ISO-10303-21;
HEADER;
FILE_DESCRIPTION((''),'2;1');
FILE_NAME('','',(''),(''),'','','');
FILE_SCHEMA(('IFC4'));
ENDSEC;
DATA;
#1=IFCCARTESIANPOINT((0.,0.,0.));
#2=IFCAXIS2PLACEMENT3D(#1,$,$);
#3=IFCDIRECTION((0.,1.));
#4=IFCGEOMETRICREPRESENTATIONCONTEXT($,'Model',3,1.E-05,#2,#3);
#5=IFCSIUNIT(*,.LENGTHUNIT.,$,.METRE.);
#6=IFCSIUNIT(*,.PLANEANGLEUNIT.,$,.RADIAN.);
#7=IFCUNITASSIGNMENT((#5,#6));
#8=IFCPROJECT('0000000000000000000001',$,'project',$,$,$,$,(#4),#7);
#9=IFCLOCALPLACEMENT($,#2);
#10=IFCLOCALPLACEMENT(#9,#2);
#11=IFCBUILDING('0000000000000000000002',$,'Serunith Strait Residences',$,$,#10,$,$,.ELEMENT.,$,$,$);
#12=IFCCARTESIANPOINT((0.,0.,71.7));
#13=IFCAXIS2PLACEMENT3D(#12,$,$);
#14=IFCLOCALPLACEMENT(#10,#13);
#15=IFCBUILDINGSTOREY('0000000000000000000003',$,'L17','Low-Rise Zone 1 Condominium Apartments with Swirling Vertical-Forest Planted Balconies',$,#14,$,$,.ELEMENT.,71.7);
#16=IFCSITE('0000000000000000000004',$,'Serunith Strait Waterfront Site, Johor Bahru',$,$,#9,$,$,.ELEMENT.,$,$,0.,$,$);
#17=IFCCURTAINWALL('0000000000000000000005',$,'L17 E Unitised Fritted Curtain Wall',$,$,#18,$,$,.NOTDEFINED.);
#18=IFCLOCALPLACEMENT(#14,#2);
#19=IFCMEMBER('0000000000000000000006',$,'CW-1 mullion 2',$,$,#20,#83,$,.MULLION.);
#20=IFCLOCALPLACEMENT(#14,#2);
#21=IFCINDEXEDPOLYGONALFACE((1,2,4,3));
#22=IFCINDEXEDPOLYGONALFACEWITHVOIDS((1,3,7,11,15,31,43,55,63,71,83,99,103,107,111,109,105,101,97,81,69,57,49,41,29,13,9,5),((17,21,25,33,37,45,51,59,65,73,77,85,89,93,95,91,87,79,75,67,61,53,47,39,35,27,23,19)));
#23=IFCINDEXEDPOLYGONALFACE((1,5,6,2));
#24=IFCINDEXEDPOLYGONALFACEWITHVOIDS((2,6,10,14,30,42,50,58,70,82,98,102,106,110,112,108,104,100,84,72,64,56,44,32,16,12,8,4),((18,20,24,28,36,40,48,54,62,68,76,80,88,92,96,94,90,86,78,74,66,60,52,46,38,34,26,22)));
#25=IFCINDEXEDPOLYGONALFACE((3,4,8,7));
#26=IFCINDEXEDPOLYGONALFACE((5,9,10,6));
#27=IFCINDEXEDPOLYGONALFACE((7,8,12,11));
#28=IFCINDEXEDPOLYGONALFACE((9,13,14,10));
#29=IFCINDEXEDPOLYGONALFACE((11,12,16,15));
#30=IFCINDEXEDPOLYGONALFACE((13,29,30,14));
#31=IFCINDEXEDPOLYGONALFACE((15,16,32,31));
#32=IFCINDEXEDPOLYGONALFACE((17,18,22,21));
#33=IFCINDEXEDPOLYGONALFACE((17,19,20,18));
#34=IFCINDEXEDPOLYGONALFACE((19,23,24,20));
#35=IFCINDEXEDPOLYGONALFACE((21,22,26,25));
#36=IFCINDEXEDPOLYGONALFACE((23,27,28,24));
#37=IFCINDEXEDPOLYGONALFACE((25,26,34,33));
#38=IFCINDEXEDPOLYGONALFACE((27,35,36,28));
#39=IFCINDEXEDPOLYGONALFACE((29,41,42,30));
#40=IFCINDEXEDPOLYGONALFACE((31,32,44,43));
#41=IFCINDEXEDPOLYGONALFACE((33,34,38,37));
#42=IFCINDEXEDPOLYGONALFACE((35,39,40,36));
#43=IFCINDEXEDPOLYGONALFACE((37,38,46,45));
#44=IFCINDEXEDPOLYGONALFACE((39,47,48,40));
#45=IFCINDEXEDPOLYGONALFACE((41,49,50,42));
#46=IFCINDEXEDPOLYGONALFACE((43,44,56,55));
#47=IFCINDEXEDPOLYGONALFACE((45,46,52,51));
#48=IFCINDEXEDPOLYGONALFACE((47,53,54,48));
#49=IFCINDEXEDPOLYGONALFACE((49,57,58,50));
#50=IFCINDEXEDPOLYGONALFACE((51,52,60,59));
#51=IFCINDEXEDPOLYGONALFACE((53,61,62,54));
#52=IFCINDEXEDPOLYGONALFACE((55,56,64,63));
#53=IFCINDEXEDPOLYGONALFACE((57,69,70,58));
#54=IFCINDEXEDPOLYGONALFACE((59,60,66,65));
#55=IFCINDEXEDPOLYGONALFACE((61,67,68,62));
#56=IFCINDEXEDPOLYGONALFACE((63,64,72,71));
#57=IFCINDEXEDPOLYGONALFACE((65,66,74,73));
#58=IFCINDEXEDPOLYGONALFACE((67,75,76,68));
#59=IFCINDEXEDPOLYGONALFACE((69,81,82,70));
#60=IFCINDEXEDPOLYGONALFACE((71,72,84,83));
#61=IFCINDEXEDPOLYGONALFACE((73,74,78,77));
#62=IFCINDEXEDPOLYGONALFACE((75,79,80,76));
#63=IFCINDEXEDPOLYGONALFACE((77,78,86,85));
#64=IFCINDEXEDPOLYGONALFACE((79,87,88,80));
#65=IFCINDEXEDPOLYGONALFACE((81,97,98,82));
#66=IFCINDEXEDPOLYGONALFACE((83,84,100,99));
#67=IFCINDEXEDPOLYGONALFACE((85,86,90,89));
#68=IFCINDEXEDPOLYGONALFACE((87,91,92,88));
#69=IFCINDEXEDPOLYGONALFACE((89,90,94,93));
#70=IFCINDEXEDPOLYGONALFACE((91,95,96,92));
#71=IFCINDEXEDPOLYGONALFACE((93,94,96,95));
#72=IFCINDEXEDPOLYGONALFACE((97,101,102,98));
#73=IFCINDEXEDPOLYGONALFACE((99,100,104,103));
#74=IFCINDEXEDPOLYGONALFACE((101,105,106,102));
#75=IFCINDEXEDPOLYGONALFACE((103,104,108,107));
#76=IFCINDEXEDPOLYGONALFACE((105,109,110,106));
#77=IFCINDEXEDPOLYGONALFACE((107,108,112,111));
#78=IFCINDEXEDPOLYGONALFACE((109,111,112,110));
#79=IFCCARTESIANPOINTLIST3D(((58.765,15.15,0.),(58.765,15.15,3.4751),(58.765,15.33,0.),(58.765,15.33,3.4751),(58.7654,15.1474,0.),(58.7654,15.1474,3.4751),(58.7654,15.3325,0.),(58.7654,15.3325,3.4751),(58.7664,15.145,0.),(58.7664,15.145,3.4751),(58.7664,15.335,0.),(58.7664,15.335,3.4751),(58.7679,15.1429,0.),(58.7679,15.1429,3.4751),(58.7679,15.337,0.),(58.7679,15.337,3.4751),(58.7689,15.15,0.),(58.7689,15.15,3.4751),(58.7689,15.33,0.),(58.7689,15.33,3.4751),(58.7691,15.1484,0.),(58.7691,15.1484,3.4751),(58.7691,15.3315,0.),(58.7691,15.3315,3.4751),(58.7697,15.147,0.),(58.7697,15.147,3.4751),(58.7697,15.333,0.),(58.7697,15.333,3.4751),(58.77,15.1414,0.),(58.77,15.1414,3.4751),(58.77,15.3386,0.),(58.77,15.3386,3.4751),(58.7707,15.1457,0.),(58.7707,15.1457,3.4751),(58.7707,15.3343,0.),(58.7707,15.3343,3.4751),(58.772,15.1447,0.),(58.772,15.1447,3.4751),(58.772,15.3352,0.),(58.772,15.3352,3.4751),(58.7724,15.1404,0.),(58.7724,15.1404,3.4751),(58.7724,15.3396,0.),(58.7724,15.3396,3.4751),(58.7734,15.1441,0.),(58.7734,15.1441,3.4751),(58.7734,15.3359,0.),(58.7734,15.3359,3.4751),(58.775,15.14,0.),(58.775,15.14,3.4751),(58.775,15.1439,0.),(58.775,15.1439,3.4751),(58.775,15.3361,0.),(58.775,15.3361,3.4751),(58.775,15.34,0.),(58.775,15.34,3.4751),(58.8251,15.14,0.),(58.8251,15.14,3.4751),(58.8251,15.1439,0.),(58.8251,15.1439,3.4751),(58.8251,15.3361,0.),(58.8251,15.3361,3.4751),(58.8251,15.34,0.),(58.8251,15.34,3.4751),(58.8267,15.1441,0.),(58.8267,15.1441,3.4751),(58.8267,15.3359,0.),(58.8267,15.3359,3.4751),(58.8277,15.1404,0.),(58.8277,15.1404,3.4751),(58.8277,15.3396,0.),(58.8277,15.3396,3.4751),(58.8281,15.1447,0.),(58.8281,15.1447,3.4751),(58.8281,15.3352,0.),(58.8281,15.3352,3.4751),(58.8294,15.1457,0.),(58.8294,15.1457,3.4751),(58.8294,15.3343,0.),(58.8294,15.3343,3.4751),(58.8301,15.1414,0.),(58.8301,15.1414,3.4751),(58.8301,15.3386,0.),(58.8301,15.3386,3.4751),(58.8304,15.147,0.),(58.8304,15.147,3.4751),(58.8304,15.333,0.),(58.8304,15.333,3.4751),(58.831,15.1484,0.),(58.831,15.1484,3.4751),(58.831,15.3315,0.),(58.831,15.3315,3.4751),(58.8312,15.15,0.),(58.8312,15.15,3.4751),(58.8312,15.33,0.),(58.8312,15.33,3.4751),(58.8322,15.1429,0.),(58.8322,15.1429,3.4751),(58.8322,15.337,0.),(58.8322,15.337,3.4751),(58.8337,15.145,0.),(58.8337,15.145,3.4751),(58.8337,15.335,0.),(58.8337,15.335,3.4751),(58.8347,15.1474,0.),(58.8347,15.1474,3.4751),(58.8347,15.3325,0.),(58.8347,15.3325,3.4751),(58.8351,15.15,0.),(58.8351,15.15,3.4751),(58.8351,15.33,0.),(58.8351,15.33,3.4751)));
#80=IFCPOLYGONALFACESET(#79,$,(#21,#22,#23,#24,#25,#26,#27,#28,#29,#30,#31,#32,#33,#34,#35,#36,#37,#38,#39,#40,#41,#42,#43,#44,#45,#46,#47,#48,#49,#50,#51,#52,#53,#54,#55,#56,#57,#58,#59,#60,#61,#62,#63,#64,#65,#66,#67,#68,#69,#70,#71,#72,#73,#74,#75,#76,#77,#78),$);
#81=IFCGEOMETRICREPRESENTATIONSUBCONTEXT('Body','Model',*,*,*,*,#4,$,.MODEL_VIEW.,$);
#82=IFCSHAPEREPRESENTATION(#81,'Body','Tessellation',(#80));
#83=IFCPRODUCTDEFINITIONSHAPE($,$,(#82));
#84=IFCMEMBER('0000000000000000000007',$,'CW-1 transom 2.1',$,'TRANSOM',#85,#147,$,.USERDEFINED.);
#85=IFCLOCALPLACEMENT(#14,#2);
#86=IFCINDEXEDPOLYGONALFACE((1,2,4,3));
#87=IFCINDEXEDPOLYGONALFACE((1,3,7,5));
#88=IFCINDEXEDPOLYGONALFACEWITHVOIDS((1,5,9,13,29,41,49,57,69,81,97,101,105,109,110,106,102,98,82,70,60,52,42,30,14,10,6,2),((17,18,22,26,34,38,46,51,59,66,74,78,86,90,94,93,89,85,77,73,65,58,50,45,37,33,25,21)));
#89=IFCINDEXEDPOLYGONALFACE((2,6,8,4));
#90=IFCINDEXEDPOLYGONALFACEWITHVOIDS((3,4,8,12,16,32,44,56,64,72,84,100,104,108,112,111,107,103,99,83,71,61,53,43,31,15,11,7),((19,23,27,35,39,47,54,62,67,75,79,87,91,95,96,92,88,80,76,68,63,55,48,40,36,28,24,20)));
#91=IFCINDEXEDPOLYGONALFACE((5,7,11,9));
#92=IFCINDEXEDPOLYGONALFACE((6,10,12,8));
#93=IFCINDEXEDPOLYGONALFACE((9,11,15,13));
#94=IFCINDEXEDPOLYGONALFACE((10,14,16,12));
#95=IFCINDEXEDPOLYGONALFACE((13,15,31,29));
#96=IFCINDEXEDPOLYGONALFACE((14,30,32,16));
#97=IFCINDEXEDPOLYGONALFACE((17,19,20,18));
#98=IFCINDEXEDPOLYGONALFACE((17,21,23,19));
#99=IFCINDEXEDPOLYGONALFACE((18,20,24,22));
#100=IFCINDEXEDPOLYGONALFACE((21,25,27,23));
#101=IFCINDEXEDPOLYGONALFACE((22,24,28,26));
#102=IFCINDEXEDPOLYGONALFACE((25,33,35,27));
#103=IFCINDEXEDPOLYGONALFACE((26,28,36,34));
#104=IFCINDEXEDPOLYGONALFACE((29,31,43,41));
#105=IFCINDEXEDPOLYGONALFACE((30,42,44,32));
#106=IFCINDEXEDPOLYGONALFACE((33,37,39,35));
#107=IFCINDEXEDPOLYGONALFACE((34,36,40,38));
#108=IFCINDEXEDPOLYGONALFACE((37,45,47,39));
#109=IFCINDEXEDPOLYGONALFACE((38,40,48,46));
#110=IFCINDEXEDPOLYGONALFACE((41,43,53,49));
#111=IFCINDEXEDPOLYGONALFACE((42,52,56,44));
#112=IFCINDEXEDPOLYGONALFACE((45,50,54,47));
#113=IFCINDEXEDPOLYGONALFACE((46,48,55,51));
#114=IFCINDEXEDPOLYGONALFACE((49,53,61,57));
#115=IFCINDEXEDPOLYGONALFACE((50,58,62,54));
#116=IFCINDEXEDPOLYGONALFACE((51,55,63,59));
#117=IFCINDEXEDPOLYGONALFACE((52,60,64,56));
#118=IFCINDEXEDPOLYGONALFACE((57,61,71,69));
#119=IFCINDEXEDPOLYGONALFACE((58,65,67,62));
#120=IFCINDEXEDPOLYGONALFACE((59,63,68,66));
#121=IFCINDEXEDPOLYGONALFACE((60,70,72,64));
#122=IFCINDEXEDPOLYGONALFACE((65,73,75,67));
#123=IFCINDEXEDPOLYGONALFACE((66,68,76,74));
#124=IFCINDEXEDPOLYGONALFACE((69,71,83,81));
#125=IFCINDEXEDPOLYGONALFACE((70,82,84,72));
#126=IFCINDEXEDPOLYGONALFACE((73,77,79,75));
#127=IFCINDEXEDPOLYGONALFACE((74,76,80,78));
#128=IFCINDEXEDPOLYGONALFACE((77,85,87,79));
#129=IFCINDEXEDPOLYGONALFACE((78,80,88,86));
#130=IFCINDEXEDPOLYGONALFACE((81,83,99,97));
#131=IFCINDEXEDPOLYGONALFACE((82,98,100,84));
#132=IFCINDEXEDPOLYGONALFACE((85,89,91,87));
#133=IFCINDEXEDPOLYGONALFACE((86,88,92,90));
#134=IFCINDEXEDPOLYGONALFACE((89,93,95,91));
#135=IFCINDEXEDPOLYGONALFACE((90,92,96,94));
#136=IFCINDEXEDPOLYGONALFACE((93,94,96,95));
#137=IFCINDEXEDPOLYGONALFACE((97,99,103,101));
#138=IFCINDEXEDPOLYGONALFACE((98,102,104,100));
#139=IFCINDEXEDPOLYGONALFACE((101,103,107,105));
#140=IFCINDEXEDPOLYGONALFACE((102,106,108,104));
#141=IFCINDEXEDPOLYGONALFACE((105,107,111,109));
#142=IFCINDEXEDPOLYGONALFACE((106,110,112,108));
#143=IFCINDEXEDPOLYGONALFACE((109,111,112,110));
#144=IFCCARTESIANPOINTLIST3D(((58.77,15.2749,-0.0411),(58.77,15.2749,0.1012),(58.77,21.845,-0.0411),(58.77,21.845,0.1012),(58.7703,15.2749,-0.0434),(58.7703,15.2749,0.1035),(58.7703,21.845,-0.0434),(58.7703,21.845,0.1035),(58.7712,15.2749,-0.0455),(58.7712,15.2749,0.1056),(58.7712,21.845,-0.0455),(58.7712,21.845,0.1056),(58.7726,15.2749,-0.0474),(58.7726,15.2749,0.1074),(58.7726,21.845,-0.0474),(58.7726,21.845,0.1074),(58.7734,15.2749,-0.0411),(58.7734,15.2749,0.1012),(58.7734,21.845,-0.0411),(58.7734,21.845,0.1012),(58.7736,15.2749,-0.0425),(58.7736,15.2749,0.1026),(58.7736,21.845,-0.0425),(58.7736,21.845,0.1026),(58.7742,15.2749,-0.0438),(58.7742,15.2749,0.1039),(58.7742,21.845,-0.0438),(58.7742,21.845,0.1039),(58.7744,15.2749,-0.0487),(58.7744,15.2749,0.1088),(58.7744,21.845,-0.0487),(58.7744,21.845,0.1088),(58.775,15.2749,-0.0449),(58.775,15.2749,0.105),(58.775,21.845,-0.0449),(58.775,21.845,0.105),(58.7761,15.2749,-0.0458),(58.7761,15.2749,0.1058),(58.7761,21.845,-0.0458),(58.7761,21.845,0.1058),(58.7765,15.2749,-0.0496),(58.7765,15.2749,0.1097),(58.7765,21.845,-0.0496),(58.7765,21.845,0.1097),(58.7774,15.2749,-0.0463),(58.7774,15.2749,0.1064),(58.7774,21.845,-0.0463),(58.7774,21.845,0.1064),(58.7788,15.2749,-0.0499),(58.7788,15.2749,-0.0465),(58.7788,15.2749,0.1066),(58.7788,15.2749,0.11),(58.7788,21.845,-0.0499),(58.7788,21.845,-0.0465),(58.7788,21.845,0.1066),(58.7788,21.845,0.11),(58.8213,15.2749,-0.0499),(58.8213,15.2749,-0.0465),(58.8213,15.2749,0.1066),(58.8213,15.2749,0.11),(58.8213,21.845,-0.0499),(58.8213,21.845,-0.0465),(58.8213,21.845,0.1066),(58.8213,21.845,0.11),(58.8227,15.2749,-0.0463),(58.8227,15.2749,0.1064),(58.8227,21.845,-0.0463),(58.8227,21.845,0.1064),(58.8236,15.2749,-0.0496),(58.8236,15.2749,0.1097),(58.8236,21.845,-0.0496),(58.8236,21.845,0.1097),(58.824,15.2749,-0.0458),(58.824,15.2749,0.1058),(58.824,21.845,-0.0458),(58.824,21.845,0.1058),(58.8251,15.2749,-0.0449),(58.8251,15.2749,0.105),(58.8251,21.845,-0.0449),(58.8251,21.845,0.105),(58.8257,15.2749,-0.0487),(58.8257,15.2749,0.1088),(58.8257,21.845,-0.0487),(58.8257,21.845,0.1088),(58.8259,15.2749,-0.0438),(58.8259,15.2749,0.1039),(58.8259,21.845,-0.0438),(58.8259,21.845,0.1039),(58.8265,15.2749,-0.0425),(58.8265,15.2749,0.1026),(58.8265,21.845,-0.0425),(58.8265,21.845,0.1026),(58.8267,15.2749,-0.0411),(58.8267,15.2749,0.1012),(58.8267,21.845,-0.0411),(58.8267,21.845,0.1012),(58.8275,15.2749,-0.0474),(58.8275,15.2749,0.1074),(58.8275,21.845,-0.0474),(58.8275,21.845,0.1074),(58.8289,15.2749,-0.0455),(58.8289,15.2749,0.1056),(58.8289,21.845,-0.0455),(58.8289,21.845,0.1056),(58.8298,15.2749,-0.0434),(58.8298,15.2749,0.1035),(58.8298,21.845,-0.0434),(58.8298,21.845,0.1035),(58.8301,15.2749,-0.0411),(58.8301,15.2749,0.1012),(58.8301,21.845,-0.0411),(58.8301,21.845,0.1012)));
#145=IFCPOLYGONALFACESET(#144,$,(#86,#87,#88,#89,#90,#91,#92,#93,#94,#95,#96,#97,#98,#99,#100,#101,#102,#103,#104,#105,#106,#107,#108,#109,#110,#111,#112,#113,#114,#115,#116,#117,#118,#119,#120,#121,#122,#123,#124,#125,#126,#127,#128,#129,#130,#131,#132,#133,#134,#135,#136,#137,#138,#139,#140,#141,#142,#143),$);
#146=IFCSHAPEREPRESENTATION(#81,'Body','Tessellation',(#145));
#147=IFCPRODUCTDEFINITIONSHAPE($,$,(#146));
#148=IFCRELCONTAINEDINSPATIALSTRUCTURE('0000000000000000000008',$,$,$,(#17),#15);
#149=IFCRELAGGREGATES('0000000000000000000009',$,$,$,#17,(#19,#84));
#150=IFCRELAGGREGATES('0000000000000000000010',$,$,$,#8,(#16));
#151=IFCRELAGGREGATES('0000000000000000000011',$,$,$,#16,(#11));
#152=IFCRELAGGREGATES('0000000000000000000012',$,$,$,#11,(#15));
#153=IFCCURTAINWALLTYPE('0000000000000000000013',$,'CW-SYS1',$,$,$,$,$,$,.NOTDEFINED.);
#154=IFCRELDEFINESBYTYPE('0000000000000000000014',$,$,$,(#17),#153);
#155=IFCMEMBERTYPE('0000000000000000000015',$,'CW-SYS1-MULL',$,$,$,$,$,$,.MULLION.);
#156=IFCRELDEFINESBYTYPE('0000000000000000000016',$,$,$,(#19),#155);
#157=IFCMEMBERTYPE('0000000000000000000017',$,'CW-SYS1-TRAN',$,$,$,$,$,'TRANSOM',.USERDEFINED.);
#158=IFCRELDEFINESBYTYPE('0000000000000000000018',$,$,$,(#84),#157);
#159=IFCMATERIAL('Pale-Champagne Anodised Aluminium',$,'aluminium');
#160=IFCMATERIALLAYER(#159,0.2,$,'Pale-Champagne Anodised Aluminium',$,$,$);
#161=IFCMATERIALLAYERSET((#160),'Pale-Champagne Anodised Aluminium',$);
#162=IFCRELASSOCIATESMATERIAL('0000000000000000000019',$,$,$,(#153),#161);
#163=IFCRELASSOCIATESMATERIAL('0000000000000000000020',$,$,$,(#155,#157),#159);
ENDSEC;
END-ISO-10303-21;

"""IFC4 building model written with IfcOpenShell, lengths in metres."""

from ifc_helpers import new_model, si_unit, direction, frame, origin, origin_2d, place, context, subcontext, project, spatial, hollow_rectangle, extrude, source, transform, mapped, material, layer, layer_set, material_profile, profile_set, type_object, element, aggregate, save


model = new_model("IFC4")

# Units and contexts
model_context = context("Model", 3, precision=1e-05, world=origin(), true_north=direction((0.0, 1.0)))
body_context = subcontext(model_context, "Body", "Model", "MODEL_VIEW")
ifc_project = project(units=[si_unit("LENGTHUNIT", "METRE"), si_unit("PLANEANGLEUNIT", "RADIAN")], contexts=[model_context])

# Site, building, storey
site_placement = place(None, origin())
site = spatial("IfcSite", under=ifc_project, at=site_placement, Name="Serunith Strait Waterfront Site, Johor Bahru", CompositionType="ELEMENT", RefElevation=0.0)
building_placement = place(site_placement, origin())
building = spatial("IfcBuilding", under=site, at=building_placement, Name="Serunith Strait Residences", CompositionType="ELEMENT")
storey_placement = place(building_placement, frame((0.0, 0.0, 71.7)))
storey = spatial("IfcBuildingStorey", under=building, at=storey_placement, Name="L17", Description="Low-Rise Zone 1 Condominium Apartments with Swirling Vertical-Forest Planted Balconies", CompositionType="ELEMENT", Elevation=71.7)

# Curtain wall, members
ifc_material_1 = material(Name="Pale-Champagne Anodised Aluminium", Category="aluminium")
ifc_layer_1 = layer(ifc_material_1, 0.2, Name="Pale-Champagne Anodised Aluminium")
ifc_layer_set_1 = layer_set([ifc_layer_1], Name="Pale-Champagne Anodised Aluminium")
curtain_wall_type = type_object("IfcCurtainWallType", Name="CW-SYS1", PredefinedType="NOTDEFINED", material=ifc_layer_set_1)
curtain_wall_placement = place(storey_placement, origin())
curtain_wall = element("IfcCurtainWall", 1, at=curtain_wall_placement, inside=storey, type_object=curtain_wall_type, Name="L17 E Unitised Fritted Curtain Wall", PredefinedType="NOTDEFINED")
ifc_material_profile_1 = material_profile(ifc_material_1, hollow_rectangle(XDim=0.0701, YDim=0.2, WallThickness=0.0039, InnerFilletRadius=0.0061, OuterFilletRadius=0.01, at=origin_2d()), Name="ALU 200x70x4")
ifc_profile_set_1 = profile_set([ifc_material_profile_1], Name="Pale-Champagne Anodised Aluminium")
member_type_1 = type_object("IfcMemberType", Name="CW-SYS1-MULL", PredefinedType="MULLION", material=ifc_profile_set_1)
shared_shape_1 = source(origin(), body_context, "Body", "SweptSolid", [
    extrude(hollow_rectangle(XDim=0.0701, YDim=0.2, WallThickness=0.0039, InnerFilletRadius=0.0061, OuterFilletRadius=0.01, at=origin_2d()), origin(), (0.0, 0.0, 1.0), 3.4751),
])
member_1_placement = place(storey_placement, frame((58.8, 15.24, 0.0), z_axis=(0.0, 0.0, 1.0), x_axis=(-1.0, 0.0, 0.0)))
member_1 = element("IfcMember", 2, at=member_1_placement, type_object=member_type_1, Name="CW-1 mullion 2", PredefinedType="MULLION", context=body_context, shape_type="MappedRepresentation", body=[
    mapped(shared_shape_1, transform((0.0, 0.0, 0.0), scale=1.0)),
])
ifc_material_profile_2 = material_profile(ifc_material_1, hollow_rectangle(XDim=0.0601, YDim=0.1599, WallThickness=0.0034, InnerFilletRadius=0.0054, OuterFilletRadius=0.0088, at=origin_2d()), Name="ALU 160x60x3.5")
ifc_profile_set_2 = profile_set([ifc_material_profile_2], Name="Pale-Champagne Anodised Aluminium")
member_type_2 = type_object("IfcMemberType", Name="CW-SYS1-TRAN", ElementType="TRANSOM", PredefinedType="USERDEFINED", material=ifc_profile_set_2)
shared_shape_2 = source(origin(), body_context, "Body", "SweptSolid", [
    extrude(hollow_rectangle(XDim=0.0601, YDim=0.1599, WallThickness=0.0034, InnerFilletRadius=0.0054, OuterFilletRadius=0.0088, at=origin_2d()), origin(), (0.0, 0.0, 1.0), 6.5701),
])
member_2_placement = place(storey_placement, frame((58.8, 15.2749, 0.03), z_axis=(0.0, 1.0, 0.0), x_axis=(-1.0, 0.0, 0.0)))
member_2 = element("IfcMember", 3, at=member_2_placement, type_object=member_type_2, Name="CW-1 transom 2.1", ObjectType="TRANSOM", PredefinedType="USERDEFINED", context=body_context, shape_type="MappedRepresentation", body=[
    mapped(shared_shape_2, transform((0.0, 0.0, 0.0), scale=1.0)),
])
aggregate(curtain_wall, [member_1, member_2])

save(model, "model.ifc")
